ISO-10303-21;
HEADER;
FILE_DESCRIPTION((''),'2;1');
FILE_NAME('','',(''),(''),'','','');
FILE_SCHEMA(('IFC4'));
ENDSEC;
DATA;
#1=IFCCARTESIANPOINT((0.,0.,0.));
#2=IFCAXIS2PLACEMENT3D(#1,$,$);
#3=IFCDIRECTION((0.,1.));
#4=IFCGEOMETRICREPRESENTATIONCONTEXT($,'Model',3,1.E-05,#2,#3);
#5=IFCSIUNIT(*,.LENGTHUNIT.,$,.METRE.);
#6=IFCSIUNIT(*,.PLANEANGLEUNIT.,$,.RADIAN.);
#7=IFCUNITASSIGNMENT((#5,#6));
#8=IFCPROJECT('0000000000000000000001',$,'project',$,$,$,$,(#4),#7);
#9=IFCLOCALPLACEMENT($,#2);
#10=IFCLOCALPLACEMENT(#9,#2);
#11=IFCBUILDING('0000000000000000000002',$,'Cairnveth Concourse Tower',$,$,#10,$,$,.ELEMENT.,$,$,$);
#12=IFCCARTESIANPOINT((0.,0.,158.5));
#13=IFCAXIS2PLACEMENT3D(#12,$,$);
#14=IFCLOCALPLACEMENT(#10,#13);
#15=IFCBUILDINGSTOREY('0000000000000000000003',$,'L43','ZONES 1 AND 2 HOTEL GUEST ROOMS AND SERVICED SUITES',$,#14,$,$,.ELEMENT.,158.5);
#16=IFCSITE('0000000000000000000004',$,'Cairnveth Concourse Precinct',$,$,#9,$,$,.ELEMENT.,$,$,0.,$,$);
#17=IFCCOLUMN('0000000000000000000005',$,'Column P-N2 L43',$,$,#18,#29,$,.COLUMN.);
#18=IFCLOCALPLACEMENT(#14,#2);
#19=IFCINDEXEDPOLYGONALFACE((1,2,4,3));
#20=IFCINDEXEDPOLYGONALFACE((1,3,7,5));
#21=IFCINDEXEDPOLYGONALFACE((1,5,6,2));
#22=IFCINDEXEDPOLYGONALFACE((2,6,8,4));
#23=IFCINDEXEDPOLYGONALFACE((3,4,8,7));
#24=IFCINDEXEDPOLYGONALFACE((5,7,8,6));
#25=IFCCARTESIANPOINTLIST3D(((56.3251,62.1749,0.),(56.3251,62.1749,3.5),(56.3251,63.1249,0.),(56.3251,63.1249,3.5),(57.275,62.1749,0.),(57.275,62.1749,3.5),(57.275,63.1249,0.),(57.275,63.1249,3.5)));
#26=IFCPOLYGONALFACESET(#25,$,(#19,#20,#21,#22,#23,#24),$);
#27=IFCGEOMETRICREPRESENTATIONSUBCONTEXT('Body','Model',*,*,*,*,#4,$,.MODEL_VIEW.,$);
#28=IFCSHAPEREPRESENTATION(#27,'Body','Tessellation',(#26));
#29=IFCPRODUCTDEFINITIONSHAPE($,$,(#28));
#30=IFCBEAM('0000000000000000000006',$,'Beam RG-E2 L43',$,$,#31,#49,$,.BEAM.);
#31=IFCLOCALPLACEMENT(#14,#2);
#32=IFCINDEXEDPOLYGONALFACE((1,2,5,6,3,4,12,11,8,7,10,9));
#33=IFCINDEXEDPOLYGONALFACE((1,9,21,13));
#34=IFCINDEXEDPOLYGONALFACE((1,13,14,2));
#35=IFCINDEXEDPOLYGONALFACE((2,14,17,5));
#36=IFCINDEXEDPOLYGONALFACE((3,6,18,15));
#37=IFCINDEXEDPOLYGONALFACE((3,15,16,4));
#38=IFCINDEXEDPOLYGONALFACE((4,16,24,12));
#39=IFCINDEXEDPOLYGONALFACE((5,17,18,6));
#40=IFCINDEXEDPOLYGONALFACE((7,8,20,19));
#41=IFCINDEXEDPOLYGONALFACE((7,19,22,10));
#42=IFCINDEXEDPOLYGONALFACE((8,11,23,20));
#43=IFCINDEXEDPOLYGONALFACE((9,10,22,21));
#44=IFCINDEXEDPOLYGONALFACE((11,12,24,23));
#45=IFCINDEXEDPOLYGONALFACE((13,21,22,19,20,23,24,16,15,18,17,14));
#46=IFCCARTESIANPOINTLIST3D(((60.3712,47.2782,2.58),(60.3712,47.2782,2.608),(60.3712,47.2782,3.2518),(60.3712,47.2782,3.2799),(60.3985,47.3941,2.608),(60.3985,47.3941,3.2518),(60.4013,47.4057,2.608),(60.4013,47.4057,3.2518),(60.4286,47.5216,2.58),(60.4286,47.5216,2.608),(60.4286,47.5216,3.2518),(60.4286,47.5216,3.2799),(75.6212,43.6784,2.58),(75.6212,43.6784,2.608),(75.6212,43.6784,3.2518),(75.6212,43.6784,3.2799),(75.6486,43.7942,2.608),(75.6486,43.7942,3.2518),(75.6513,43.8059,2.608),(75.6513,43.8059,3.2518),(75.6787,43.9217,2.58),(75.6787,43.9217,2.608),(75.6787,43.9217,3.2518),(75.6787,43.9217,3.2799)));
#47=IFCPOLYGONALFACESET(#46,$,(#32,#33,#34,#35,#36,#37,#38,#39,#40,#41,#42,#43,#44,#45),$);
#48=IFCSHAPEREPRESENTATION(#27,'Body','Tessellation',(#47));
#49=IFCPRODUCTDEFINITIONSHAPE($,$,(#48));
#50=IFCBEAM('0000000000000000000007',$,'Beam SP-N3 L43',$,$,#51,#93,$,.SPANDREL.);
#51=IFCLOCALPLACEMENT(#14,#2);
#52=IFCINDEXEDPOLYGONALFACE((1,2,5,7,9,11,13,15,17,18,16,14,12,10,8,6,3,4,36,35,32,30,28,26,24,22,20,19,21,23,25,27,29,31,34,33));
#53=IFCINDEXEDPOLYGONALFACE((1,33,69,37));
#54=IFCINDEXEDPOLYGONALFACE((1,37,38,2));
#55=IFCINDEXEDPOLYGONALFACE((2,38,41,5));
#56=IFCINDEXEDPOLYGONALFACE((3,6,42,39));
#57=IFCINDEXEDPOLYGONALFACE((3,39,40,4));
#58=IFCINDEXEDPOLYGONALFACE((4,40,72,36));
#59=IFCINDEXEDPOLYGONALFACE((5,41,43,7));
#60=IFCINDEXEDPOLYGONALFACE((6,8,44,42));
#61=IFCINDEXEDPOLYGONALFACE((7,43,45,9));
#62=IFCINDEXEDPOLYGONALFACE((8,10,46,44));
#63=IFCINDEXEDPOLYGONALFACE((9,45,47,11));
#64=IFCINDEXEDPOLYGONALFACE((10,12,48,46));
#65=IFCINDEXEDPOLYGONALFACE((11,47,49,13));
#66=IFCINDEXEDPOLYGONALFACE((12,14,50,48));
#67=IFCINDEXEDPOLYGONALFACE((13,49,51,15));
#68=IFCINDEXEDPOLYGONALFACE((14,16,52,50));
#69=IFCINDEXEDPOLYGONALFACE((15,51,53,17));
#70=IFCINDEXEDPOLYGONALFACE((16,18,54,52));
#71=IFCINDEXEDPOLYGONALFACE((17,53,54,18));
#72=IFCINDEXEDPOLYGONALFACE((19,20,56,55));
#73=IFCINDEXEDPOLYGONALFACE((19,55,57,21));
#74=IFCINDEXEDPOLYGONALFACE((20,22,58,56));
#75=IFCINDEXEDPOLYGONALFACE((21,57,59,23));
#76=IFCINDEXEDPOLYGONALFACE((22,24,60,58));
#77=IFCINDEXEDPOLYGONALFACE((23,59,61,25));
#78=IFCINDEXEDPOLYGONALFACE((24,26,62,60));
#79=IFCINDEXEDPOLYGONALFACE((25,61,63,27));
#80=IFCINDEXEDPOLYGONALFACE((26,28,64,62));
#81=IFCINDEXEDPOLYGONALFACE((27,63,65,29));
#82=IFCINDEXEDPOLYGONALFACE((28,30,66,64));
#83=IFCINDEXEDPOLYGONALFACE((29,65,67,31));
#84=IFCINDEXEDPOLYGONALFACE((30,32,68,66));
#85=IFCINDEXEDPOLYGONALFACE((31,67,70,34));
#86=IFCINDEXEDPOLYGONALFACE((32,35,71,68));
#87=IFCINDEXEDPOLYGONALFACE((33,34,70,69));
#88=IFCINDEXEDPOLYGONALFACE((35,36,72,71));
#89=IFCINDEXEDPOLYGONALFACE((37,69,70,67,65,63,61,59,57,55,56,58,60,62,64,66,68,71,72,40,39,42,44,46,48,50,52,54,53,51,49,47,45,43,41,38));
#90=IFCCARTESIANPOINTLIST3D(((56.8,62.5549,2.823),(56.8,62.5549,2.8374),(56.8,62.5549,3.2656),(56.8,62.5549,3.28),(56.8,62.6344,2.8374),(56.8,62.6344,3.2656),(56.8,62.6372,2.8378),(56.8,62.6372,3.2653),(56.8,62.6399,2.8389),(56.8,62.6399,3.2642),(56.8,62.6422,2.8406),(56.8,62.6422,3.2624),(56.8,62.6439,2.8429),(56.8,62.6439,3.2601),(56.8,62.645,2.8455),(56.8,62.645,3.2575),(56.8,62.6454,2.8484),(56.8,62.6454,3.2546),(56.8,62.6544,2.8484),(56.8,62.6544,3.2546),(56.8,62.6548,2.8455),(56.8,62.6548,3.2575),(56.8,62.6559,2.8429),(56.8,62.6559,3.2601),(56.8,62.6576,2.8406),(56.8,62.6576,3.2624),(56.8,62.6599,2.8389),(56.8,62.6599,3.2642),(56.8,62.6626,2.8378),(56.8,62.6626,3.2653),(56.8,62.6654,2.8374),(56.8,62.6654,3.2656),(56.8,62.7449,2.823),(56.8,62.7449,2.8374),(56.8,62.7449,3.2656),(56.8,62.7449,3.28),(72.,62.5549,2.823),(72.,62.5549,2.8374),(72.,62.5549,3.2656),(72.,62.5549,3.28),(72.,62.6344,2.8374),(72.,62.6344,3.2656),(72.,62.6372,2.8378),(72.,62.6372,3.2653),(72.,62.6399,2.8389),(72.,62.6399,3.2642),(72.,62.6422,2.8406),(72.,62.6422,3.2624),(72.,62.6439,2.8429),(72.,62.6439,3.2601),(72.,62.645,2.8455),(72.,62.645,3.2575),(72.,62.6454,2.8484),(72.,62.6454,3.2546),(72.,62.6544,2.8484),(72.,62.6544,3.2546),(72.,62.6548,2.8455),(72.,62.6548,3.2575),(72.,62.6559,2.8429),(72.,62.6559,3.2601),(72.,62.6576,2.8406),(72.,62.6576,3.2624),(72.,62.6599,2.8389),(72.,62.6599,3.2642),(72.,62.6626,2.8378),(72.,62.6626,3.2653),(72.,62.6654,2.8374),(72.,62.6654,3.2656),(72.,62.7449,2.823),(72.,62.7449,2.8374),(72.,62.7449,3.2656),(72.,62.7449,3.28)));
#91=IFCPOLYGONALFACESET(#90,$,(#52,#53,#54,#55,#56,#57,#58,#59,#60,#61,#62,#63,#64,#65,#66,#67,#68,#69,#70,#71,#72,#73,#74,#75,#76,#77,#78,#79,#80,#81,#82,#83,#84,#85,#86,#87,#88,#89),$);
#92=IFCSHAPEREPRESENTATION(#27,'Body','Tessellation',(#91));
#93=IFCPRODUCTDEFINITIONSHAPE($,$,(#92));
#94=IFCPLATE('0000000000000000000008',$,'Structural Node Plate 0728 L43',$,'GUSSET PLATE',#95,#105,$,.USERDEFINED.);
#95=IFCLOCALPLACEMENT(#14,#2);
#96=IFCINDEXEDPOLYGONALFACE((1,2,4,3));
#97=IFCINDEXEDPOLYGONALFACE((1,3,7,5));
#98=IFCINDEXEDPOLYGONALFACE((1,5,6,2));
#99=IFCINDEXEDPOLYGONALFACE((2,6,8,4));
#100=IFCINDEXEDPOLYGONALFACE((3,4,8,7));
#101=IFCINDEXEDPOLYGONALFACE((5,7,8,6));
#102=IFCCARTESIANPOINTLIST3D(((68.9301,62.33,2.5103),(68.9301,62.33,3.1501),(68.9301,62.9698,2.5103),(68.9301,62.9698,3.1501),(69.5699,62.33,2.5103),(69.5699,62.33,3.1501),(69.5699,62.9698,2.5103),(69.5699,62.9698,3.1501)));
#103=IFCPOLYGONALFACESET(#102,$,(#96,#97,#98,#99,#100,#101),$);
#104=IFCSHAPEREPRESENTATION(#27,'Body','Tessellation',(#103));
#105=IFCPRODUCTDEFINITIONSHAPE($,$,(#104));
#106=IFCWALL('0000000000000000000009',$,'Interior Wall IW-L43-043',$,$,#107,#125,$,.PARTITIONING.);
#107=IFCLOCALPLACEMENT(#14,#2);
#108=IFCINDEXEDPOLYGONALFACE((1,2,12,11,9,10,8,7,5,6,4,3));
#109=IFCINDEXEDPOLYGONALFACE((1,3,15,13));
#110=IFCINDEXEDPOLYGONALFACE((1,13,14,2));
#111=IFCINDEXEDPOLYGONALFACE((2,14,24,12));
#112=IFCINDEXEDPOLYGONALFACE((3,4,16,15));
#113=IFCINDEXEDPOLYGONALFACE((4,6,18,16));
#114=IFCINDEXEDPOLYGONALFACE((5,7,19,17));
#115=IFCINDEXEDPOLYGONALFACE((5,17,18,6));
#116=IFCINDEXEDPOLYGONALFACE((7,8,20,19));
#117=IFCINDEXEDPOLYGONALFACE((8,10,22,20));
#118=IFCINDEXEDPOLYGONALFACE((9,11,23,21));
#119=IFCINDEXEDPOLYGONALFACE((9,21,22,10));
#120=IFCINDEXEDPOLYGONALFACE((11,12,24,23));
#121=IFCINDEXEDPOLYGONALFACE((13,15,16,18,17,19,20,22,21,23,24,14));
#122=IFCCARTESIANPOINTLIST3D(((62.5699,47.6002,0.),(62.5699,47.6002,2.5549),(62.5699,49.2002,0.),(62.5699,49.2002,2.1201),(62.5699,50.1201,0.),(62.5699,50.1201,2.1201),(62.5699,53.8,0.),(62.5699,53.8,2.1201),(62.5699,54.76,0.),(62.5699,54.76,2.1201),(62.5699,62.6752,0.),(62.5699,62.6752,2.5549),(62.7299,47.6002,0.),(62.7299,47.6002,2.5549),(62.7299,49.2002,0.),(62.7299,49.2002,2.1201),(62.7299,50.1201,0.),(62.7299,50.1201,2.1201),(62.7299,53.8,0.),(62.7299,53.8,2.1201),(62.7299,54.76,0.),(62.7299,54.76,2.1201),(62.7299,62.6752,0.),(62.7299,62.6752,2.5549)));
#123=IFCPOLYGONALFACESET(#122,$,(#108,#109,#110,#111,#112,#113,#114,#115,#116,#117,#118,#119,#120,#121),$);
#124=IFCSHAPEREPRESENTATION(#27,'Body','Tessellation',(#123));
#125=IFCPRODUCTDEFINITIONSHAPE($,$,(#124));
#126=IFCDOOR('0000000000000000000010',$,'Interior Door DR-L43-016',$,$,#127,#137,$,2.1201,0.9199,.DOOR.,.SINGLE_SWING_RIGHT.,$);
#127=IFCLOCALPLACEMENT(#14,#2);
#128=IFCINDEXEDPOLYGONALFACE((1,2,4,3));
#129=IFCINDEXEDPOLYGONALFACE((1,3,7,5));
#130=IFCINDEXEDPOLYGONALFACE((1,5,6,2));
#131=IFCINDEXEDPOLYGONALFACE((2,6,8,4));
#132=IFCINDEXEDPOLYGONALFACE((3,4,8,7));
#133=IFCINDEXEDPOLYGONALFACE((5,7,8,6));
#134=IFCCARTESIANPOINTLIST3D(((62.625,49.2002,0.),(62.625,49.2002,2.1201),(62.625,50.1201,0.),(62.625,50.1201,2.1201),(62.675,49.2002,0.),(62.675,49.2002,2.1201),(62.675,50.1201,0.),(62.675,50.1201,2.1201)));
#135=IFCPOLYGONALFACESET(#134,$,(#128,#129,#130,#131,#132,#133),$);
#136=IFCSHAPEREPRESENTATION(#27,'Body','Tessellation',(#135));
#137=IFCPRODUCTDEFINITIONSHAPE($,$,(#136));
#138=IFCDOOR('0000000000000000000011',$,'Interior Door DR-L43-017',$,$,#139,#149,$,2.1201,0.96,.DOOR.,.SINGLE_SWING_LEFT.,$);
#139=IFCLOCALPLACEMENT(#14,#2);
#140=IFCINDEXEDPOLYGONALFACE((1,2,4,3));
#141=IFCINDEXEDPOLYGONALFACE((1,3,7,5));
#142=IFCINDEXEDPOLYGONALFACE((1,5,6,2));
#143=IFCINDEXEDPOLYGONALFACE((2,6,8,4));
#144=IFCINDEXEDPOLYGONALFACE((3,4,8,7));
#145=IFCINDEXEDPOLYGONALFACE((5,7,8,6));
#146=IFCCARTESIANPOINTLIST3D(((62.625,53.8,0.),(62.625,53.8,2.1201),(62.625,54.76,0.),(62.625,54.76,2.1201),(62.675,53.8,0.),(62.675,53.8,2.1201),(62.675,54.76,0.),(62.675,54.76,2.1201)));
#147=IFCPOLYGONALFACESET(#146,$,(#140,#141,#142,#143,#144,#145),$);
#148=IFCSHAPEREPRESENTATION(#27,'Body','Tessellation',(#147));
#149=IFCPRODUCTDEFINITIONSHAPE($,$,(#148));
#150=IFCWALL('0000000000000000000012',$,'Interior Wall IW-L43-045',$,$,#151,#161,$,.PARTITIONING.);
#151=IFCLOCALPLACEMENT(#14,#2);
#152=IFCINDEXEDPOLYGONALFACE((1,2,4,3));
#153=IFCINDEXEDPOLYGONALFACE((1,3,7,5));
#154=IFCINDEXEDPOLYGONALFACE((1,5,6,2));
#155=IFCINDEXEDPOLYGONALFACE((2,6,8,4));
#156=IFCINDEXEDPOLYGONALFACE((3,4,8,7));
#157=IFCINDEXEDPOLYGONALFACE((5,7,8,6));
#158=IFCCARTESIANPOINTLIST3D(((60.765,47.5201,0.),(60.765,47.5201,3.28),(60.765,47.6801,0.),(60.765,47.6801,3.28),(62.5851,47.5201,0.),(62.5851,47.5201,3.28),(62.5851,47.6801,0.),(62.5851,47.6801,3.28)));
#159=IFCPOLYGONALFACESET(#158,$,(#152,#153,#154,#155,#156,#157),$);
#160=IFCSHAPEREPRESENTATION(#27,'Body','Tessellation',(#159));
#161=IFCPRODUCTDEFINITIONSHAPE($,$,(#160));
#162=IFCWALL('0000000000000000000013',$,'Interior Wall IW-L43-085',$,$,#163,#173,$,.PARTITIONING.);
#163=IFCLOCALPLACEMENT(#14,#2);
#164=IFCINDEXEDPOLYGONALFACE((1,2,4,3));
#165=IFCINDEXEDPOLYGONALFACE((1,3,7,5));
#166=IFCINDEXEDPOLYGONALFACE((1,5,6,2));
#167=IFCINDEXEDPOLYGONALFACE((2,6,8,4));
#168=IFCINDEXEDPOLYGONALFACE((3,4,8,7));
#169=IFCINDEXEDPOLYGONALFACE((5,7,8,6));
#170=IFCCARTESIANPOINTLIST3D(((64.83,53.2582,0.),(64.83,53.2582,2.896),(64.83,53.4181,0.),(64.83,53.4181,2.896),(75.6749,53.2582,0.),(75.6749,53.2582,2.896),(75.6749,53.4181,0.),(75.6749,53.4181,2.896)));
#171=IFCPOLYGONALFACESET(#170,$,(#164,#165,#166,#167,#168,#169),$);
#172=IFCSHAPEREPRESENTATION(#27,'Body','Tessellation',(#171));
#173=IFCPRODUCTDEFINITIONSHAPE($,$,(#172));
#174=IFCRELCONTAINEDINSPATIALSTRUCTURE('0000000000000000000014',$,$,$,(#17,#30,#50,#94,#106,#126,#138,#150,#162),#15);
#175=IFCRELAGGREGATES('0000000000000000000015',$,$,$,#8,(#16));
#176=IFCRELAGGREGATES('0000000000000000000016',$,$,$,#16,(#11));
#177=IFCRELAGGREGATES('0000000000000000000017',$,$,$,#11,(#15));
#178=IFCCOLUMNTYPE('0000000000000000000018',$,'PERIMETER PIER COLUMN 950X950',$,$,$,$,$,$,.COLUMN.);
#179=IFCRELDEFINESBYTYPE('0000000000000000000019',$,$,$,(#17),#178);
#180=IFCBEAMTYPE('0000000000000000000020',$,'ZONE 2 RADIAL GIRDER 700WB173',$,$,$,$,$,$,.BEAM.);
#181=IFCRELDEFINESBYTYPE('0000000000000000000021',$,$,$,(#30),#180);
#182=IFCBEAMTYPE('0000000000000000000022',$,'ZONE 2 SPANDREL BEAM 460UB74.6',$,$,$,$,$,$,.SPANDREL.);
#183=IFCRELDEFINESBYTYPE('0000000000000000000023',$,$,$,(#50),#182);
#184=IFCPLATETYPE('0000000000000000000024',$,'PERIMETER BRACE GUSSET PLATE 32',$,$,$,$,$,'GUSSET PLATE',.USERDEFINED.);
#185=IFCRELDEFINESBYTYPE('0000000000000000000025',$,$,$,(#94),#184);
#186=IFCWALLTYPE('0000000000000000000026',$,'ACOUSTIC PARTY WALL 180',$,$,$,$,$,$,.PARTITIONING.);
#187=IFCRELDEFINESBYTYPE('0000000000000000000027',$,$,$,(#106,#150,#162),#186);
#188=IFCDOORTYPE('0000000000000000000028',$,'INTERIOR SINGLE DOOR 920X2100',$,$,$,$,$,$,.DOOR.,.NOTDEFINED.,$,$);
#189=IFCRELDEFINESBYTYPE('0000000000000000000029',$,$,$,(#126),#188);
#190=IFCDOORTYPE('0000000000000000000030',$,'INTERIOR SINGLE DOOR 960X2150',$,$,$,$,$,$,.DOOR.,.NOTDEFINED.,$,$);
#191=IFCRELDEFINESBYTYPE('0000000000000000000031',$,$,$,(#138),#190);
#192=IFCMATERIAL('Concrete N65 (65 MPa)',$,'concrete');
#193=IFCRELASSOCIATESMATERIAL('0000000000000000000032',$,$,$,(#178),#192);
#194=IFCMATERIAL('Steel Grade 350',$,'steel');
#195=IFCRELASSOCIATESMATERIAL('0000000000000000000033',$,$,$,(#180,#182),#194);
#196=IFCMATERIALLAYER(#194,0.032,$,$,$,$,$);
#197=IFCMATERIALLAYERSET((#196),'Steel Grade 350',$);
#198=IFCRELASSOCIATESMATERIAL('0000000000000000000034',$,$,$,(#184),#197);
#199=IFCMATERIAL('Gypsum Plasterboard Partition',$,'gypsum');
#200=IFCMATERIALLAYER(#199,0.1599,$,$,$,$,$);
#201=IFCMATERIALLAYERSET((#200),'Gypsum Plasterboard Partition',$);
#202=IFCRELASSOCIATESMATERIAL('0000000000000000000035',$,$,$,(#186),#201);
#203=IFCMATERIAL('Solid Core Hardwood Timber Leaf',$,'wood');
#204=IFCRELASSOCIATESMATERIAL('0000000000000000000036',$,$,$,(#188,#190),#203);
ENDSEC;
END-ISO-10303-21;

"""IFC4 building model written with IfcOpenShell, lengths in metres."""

from ifc_helpers import new_model, si_unit, direction, frame, frame_2d, origin, origin_2d, place, context, subcontext, project, spatial, rectangle, i_section, extrude, material, layer, layer_set, material_profile, profile_set, type_object, element, fill, save


model = new_model("IFC4")

# Units and contexts
model_context = context("Model", 3, precision=1e-05, world=origin(), true_north=direction((0.0, 1.0)))
body_context = subcontext(model_context, "Body", "Model", "MODEL_VIEW")
ifc_project = project(units=[si_unit("LENGTHUNIT", "METRE"), si_unit("PLANEANGLEUNIT", "RADIAN")], contexts=[model_context])

# Site, building, storey
site_placement = place(None, origin())
site = spatial("IfcSite", under=ifc_project, at=site_placement, Name="Cairnveth Concourse Precinct", CompositionType="ELEMENT", RefElevation=0.0)
building_placement = place(site_placement, origin())
building = spatial("IfcBuilding", under=site, at=building_placement, Name="Cairnveth Concourse Tower", CompositionType="ELEMENT")
storey_placement = place(building_placement, frame((0.0, 0.0, 158.5)))
storey = spatial("IfcBuildingStorey", under=building, at=storey_placement, Name="L43", Description="ZONES 1 AND 2 HOTEL GUEST ROOMS AND SERVICED SUITES", CompositionType="ELEMENT", Elevation=158.5)

# Column
ifc_material_1 = material(Name="Concrete N65 (65 MPa)", Category="concrete")
ifc_material_profile_1 = material_profile(ifc_material_1, rectangle(XDim=0.95, YDim=0.95, at=origin_2d()), Name="RC-COL-950x950")
ifc_profile_set_1 = profile_set([ifc_material_profile_1], Name="Concrete N65 (65 MPa)")
column_type = type_object("IfcColumnType", Name="PERIMETER PIER COLUMN 950X950", PredefinedType="COLUMN", material=ifc_profile_set_1)
column_placement = place(storey_placement, frame((56.8, 62.6499, 0.0), z_axis=(0.0, 0.0, 1.0), x_axis=(1.0, 0.0, 0.0)))
element("IfcColumn", 1, at=column_placement, inside=storey, type_object=column_type, Name="Column P-N2 L43", PredefinedType="COLUMN", context=body_context, shape_type="SweptSolid", body=[
    extrude(rectangle(XDim=0.95, YDim=0.95, at=origin_2d()), origin(), (0.0, 0.0, 1.0), 3.5),
])

# Beams
ifc_material_2 = material(Name="Steel Grade 350", Category="steel")
ifc_material_profile_2 = material_profile(ifc_material_2, i_section(OverallWidth=0.25, OverallDepth=0.7, WebThickness=0.012, FlangeThickness=0.0281, at=origin_2d()), Name="700WB173")
ifc_profile_set_2 = profile_set([ifc_material_profile_2], Name="Steel Grade 350")
beam_type_1 = type_object("IfcBeamType", Name="ZONE 2 RADIAL GIRDER 700WB173", PredefinedType="BEAM", material=ifc_profile_set_2)
beam_1_placement = place(storey_placement, frame((60.3999, 47.3999, 2.9299), z_axis=(0.973252, -0.229742, 0.0), x_axis=(0.229742, 0.973252, 0.0)))
element("IfcBeam", 2, at=beam_1_placement, inside=storey, type_object=beam_type_1, Name="Beam RG-E2 L43", PredefinedType="BEAM", context=body_context, shape_type="SweptSolid", body=[
    extrude(i_section(OverallWidth=0.25, OverallDepth=0.7, WebThickness=0.012, FlangeThickness=0.0281, at=origin_2d()), origin(), (0.0, 0.0, 1.0), 15.6692),
])
ifc_material_profile_3 = material_profile(ifc_material_2, i_section(OverallWidth=0.1899, OverallDepth=0.457, WebThickness=0.009, FlangeThickness=0.0144, FilletRadius=0.011, at=origin_2d()), Name="460UB74.6")
ifc_profile_set_3 = profile_set([ifc_material_profile_3], Name="Steel Grade 350")
beam_type_2 = type_object("IfcBeamType", Name="ZONE 2 SPANDREL BEAM 460UB74.6", PredefinedType="SPANDREL", material=ifc_profile_set_3)
beam_2_placement = place(storey_placement, frame((56.8, 62.6499, 3.0515), z_axis=(1.0, 0.0, 0.0), x_axis=(0.0, 1.0, 0.0)))
element("IfcBeam", 3, at=beam_2_placement, inside=storey, type_object=beam_type_2, Name="Beam SP-N3 L43", PredefinedType="SPANDREL", context=body_context, shape_type="SweptSolid", body=[
    extrude(i_section(OverallWidth=0.1899, OverallDepth=0.457, WebThickness=0.009, FlangeThickness=0.0144, FilletRadius=0.011, at=origin_2d()), origin(), (0.0, 0.0, 1.0), 15.2),
])

# Plate
ifc_layer_1 = layer(ifc_material_2, 0.032)
ifc_layer_set_1 = layer_set([ifc_layer_1], Name="Steel Grade 350")
plate_type = type_object("IfcPlateType", Name="PERIMETER BRACE GUSSET PLATE 32", ElementType="GUSSET PLATE", PredefinedType="USERDEFINED", material=ifc_layer_set_1)
plate_placement = place(storey_placement, frame((69.25, 62.6499, 2.5103), z_axis=(0.0, 0.0, 1.0), x_axis=(1.0, 0.0, 0.0)))
element("IfcPlate", 4, at=plate_placement, inside=storey, type_object=plate_type, Name="Structural Node Plate 0728 L43", ObjectType="GUSSET PLATE", PredefinedType="USERDEFINED", context=body_context, shape_type="SweptSolid", body=[
    extrude(rectangle(XDim=0.6399, YDim=0.6399, at=origin_2d()), origin(), (0.0, 0.0, 1.0), 0.6399),
])

# Wall, openings, doors
ifc_material_3 = material(Name="Gypsum Plasterboard Partition", Category="gypsum")
ifc_layer_2 = layer(ifc_material_3, 0.1599)
ifc_layer_set_2 = layer_set([ifc_layer_2], Name="Gypsum Plasterboard Partition")
wall_type_1 = type_object("IfcWallType", Name="ACOUSTIC PARTY WALL 180", PredefinedType="PARTITIONING", material=ifc_layer_set_2)
wall_1_placement = place(storey_placement, frame((62.6499, 47.6001, 0.0), z_axis=(0.0, 0.0, 1.0), x_axis=(0.0, 1.0, 0.0)))
wall_1 = element("IfcWall", 5, at=wall_1_placement, inside=storey, type_object=wall_type_1, Name="Interior Wall IW-L43-043", PredefinedType="PARTITIONING", context=body_context, shape_type="SweptSolid", body=[
    extrude(rectangle(XDim=15.075, YDim=0.1599, at=frame_2d((7.5376, 0.0))), origin(), (0.0, 0.0, 1.0), 2.5549),
])
opening_1_placement = place(wall_1_placement, frame((1.6001, 0.0, 0.0)))
opening_1 = element("IfcOpeningElement", 6, at=opening_1_placement, cuts=wall_1, PredefinedType="OPENING", context=body_context, shape_type="SweptSolid", body=[
    extrude(rectangle(XDim=0.9199, YDim=2.1201, at=frame_2d((0.46, 1.0601))), frame((0.0, 0.0898, 0.0), z_axis=(0.0, -1.0, 0.0), x_axis=(1.0, 0.0, 0.0)), (0.0, 0.0, 1.0), 0.1799),
])
opening_2_placement = place(wall_1_placement, frame((6.2, 0.0, 0.0)))
opening_2 = element("IfcOpeningElement", 7, at=opening_2_placement, cuts=wall_1, PredefinedType="OPENING", context=body_context, shape_type="SweptSolid", body=[
    extrude(rectangle(XDim=0.96, YDim=2.1201, at=frame_2d((0.48, 1.0601))), frame((0.0, 0.0898, 0.0), z_axis=(0.0, -1.0, 0.0), x_axis=(1.0, 0.0, 0.0)), (0.0, 0.0, 1.0), 0.1799),
])
ifc_material_4 = material(Name="Solid Core Hardwood Timber Leaf", Category="wood")
door_type_1 = type_object("IfcDoorType", Name="INTERIOR SINGLE DOOR 920X2100", OperationType="NOTDEFINED", PredefinedType="DOOR", material=ifc_material_4)
door_1_placement = place(opening_1_placement, origin())
door_1 = element("IfcDoor", 8, at=door_1_placement, inside=storey, type_object=door_type_1, Name="Interior Door DR-L43-016", OperationType="SINGLE_SWING_RIGHT", OverallHeight=2.1201, OverallWidth=0.9199, PredefinedType="DOOR", context=body_context, shape_type="SweptSolid", body=[
    extrude(rectangle(XDim=0.9199, YDim=2.1201, at=frame_2d((0.46, 1.0601))), frame((0.0, 0.0249, 0.0), z_axis=(0.0, -1.0, 0.0), x_axis=(1.0, 0.0, 0.0)), (0.0, 0.0, 1.0), 0.05),
])
fill(opening_1, door_1)
door_type_2 = type_object("IfcDoorType", Name="INTERIOR SINGLE DOOR 960X2150", OperationType="NOTDEFINED", PredefinedType="DOOR", material=ifc_material_4)
door_2_placement = place(opening_2_placement, origin())
door_2 = element("IfcDoor", 9, at=door_2_placement, inside=storey, type_object=door_type_2, Name="Interior Door DR-L43-017", OperationType="SINGLE_SWING_LEFT", OverallHeight=2.1201, OverallWidth=0.96, PredefinedType="DOOR", context=body_context, shape_type="SweptSolid", body=[
    extrude(rectangle(XDim=0.96, YDim=2.1201, at=frame_2d((0.48, 1.0601))), frame((0.0, 0.0249, 0.0), z_axis=(0.0, -1.0, 0.0), x_axis=(1.0, 0.0, 0.0)), (0.0, 0.0, 1.0), 0.05),
])
fill(opening_2, door_2)

# Walls
wall_2_placement = place(storey_placement, frame((60.7649, 47.6001, 0.0), z_axis=(0.0, 0.0, 1.0), x_axis=(1.0, 0.0, 0.0)))
element("IfcWall", 10, at=wall_2_placement, inside=storey, type_object=wall_type_1, Name="Interior Wall IW-L43-045", PredefinedType="PARTITIONING", context=body_context, shape_type="SweptSolid", body=[
    extrude(rectangle(XDim=1.8201, YDim=0.1599, at=frame_2d((0.9102, 0.0))), origin(), (0.0, 0.0, 1.0), 3.28),
])
wall_3_placement = place(storey_placement, frame((64.8301, 53.3381, 0.0), z_axis=(0.0, 0.0, 1.0), x_axis=(1.0, 0.0, 0.0)))
element("IfcWall", 11, at=wall_3_placement, inside=storey, type_object=wall_type_1, Name="Interior Wall IW-L43-085", PredefinedType="PARTITIONING", context=body_context, shape_type="SweptSolid", body=[
    extrude(rectangle(XDim=10.845, YDim=0.1599, at=frame_2d((5.4224, 0.0))), origin(), (0.0, 0.0, 1.0), 2.896),
])

save(model, "model.ifc")
